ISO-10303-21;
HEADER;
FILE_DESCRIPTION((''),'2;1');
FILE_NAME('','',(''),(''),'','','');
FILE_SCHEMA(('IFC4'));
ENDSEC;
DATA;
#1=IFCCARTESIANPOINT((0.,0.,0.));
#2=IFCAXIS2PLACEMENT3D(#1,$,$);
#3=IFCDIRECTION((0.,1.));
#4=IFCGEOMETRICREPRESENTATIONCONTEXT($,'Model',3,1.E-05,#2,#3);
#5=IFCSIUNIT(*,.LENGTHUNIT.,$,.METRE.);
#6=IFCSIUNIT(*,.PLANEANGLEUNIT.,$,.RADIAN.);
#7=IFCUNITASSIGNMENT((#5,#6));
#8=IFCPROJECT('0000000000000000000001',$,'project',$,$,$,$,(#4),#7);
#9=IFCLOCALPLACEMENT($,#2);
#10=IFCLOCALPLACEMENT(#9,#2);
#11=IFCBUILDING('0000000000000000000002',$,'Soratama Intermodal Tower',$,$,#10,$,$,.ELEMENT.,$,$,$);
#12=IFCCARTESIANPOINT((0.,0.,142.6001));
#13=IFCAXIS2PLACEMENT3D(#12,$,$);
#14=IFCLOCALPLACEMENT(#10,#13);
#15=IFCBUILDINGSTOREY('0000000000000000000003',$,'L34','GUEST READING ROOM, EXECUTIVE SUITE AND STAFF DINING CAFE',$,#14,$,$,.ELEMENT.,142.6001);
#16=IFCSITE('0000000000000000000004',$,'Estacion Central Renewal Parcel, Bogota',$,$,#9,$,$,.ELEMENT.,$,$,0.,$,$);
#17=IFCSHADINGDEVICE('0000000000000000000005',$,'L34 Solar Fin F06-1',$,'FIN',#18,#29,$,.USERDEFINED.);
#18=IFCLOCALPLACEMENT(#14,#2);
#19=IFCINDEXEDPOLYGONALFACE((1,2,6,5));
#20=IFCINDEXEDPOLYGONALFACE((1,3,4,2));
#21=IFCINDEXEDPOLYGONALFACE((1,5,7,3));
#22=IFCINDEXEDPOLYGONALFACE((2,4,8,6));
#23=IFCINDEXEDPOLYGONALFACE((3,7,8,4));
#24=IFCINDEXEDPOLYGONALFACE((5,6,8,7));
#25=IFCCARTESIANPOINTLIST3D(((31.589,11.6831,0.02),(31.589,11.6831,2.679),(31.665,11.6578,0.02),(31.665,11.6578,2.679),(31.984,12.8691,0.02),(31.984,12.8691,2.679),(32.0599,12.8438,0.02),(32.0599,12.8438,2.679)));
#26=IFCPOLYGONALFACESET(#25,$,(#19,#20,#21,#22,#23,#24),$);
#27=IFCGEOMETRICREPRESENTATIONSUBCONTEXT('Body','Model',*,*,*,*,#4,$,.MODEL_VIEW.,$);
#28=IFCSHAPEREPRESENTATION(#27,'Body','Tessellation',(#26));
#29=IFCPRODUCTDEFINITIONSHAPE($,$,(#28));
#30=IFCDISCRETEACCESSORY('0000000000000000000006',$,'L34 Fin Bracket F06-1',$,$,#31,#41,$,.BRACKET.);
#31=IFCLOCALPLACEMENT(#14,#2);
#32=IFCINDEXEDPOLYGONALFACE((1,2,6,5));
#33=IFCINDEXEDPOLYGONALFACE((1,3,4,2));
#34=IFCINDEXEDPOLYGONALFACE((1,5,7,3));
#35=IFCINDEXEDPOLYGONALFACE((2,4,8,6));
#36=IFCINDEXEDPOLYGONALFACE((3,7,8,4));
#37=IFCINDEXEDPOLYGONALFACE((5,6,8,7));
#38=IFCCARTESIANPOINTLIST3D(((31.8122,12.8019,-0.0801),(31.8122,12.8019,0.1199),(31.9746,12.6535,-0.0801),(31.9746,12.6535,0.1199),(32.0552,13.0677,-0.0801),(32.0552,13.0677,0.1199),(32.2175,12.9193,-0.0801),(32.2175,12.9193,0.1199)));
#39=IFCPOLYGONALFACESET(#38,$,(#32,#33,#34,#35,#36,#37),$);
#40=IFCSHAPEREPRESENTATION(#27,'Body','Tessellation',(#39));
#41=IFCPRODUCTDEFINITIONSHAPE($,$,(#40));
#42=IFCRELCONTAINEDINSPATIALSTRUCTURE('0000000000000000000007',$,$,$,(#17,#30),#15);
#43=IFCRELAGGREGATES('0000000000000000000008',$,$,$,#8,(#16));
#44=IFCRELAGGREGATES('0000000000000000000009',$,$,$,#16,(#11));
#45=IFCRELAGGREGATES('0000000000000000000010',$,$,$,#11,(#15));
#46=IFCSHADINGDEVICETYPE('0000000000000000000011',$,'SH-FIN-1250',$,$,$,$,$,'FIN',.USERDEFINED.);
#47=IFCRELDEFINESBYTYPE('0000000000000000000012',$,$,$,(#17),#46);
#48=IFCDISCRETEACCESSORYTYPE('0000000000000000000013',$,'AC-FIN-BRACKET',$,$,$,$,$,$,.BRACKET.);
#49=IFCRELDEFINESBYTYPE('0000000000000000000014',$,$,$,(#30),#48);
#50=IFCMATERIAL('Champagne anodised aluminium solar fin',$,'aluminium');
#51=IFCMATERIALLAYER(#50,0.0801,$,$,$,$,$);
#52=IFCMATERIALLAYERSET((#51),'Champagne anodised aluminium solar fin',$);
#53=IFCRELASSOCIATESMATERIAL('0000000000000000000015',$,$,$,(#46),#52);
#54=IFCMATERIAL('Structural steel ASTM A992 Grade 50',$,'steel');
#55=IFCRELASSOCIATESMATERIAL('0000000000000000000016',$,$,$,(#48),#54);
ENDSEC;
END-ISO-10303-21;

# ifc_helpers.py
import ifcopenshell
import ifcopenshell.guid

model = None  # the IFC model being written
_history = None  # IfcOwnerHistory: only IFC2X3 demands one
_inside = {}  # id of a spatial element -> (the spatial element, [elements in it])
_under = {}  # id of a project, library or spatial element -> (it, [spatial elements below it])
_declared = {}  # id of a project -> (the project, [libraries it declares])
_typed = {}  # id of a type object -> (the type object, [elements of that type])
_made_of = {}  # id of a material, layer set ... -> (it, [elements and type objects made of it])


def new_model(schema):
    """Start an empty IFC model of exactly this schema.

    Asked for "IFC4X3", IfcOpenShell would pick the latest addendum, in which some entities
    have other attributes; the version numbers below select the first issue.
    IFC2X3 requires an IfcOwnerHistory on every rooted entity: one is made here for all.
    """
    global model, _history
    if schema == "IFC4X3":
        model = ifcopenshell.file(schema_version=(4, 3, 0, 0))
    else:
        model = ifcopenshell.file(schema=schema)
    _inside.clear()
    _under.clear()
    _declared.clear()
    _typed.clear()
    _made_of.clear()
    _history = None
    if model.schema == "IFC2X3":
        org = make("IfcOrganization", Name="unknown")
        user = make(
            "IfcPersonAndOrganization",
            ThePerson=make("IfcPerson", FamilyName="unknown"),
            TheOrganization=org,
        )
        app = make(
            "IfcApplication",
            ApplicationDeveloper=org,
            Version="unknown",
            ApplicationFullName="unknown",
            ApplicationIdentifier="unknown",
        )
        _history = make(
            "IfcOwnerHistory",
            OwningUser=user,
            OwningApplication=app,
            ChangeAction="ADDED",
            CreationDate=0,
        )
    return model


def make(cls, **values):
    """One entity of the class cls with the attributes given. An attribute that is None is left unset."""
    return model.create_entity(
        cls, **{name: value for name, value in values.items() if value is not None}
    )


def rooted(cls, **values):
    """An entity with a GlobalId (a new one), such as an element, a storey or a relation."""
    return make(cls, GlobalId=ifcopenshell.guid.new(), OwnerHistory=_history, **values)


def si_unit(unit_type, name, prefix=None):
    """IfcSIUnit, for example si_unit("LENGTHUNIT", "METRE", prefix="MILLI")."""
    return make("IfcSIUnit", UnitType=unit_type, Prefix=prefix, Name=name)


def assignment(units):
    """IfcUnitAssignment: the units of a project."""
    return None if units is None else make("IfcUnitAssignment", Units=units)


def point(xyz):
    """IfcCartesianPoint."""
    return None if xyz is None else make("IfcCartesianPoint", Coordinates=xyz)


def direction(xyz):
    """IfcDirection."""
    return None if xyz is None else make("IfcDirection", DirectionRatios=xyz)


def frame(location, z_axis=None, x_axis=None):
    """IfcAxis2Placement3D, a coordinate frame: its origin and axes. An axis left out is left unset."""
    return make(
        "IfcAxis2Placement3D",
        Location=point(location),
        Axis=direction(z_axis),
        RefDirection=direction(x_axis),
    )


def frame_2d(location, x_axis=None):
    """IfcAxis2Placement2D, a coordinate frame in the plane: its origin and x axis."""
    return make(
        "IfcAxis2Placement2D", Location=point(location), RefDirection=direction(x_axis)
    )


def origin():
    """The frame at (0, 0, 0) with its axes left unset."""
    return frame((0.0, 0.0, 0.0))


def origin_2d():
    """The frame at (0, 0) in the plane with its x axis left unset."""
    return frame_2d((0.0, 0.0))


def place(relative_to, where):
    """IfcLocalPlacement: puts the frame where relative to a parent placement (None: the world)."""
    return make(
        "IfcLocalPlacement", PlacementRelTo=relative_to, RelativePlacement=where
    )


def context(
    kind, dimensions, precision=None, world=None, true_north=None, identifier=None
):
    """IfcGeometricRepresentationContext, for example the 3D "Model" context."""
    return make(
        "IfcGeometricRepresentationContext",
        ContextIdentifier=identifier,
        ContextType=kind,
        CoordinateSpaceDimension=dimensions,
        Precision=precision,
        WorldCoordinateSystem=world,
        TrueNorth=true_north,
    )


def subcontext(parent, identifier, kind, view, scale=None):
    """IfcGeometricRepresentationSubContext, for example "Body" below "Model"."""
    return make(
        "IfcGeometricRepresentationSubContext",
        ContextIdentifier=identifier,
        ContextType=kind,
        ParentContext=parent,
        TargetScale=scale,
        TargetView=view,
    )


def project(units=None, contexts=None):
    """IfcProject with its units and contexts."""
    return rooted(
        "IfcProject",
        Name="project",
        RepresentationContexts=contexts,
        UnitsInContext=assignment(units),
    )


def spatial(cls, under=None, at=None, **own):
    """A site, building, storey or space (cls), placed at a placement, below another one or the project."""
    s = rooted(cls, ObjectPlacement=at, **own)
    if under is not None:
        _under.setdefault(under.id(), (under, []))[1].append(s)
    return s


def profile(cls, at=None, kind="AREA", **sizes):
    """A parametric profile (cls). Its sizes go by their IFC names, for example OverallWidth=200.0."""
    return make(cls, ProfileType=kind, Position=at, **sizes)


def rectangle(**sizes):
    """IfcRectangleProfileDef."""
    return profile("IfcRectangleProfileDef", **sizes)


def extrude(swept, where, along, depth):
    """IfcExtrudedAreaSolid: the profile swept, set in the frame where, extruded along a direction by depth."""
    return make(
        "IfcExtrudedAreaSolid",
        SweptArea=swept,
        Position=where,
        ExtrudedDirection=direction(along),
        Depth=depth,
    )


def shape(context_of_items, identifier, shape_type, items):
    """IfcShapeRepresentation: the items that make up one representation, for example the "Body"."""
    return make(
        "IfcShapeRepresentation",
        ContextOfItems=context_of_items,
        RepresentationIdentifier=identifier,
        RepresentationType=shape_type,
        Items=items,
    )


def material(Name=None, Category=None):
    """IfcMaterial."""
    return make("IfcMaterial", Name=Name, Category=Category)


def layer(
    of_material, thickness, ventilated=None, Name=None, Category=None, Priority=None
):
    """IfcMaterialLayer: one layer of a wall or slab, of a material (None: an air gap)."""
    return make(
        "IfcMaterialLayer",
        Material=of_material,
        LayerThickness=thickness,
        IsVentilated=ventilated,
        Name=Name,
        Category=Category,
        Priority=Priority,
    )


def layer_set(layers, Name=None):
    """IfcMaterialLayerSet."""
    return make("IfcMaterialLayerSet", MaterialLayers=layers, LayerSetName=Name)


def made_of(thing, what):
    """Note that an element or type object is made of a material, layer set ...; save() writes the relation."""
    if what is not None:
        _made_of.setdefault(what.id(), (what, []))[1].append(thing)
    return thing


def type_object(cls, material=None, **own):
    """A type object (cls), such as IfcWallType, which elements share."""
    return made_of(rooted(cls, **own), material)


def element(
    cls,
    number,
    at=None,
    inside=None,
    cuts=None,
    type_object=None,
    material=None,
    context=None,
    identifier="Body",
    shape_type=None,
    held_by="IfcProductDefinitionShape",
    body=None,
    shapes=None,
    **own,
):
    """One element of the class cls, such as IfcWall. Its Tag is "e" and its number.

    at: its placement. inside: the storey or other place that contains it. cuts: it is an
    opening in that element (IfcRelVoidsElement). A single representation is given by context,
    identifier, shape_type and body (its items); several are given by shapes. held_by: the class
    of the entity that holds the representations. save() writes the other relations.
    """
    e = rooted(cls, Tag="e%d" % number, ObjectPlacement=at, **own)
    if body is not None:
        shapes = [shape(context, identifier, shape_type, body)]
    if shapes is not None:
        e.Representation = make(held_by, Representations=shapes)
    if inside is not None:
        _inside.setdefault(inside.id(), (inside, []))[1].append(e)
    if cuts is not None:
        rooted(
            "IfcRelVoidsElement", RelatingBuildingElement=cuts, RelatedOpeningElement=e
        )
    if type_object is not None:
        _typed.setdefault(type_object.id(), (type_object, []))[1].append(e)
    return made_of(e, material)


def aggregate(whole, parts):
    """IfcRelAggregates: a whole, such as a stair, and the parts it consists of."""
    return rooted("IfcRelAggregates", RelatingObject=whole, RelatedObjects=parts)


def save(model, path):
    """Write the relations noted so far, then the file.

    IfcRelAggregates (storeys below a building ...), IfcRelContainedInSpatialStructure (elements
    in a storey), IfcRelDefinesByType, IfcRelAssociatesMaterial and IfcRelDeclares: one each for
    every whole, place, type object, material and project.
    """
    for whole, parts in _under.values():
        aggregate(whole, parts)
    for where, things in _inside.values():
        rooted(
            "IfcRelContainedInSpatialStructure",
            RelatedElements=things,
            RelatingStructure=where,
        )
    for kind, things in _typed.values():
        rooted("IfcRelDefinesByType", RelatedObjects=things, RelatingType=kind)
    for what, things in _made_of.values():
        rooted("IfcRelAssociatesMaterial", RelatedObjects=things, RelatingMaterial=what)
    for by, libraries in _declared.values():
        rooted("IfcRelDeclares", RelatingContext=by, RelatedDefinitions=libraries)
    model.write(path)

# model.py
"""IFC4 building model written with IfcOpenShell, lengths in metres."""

from ifc_helpers import new_model, si_unit, direction, frame, origin, origin_2d, place, context, subcontext, project, spatial, rectangle, extrude, material, layer, layer_set, type_object, element, save


model = new_model("IFC4")

# Units and contexts
model_context = context("Model", 3, precision=1e-05, world=origin(), true_north=direction((0.0, 1.0)))
body_context = subcontext(model_context, "Body", "Model", "MODEL_VIEW")
ifc_project = project(units=[si_unit("LENGTHUNIT", "METRE"), si_unit("PLANEANGLEUNIT", "RADIAN")], contexts=[model_context])

# Site, building, storey
site_placement = place(None, origin())
site = spatial("IfcSite", under=ifc_project, at=site_placement, Name="Estacion Central Renewal Parcel, Bogota", CompositionType="ELEMENT", RefElevation=0.0)
building_placement = place(site_placement, origin())
building = spatial("IfcBuilding", under=site, at=building_placement, Name="Soratama Intermodal Tower", CompositionType="ELEMENT")
storey_placement = place(building_placement, frame((0.0, 0.0, 142.6001)))
storey = spatial("IfcBuildingStorey", under=building, at=storey_placement, Name="L34", Description="GUEST READING ROOM, EXECUTIVE SUITE AND STAFF DINING CAFE", CompositionType="ELEMENT", Elevation=142.6001)

# Shading device
ifc_material_1 = material(Name="Champagne anodised aluminium solar fin", Category="aluminium")
ifc_layer_1 = layer(ifc_material_1, 0.0801)
ifc_layer_set_1 = layer_set([ifc_layer_1], Name="Champagne anodised aluminium solar fin")
shading_device_type = type_object("IfcShadingDeviceType", Name="SH-FIN-1250", ElementType="FIN", PredefinedType="USERDEFINED", material=ifc_layer_set_1)
shading_device_placement = place(storey_placement, frame((31.8245, 12.2634, 0.02), z_axis=(0.0, 0.0, 1.0), x_axis=(-0.31598, -0.948766, 0.0)))
element("IfcShadingDevice", 1, at=shading_device_placement, inside=storey, type_object=shading_device_type, Name="L34 Solar Fin F06-1", ObjectType="FIN", PredefinedType="USERDEFINED", context=body_context, shape_type="SweptSolid", body=[
    extrude(rectangle(XDim=1.25, YDim=0.0801, at=origin_2d()), origin(), (0.0, 0.0, 1.0), 2.6589),
])

# Discrete accessory
ifc_material_2 = material(Name="Structural steel ASTM A992 Grade 50", Category="steel")
discrete_accessory_type = type_object("IfcDiscreteAccessoryType", Name="AC-FIN-BRACKET", PredefinedType="BRACKET", material=ifc_material_2)
discrete_accessory_placement = place(storey_placement, frame((32.0149, 12.8606, -0.0801), z_axis=(0.0, 0.0, 1.0), x_axis=(-0.67456, -0.73822, 0.0)))
element("IfcDiscreteAccessory", 2, at=discrete_accessory_placement, inside=storey, type_object=discrete_accessory_type, Name="L34 Fin Bracket F06-1", PredefinedType="BRACKET", context=body_context, shape_type="SweptSolid", body=[
    extrude(rectangle(XDim=0.3601, YDim=0.22, at=origin_2d()), origin(), (0.0, 0.0, 1.0), 0.2),
])

save(model, "model.ifc")
